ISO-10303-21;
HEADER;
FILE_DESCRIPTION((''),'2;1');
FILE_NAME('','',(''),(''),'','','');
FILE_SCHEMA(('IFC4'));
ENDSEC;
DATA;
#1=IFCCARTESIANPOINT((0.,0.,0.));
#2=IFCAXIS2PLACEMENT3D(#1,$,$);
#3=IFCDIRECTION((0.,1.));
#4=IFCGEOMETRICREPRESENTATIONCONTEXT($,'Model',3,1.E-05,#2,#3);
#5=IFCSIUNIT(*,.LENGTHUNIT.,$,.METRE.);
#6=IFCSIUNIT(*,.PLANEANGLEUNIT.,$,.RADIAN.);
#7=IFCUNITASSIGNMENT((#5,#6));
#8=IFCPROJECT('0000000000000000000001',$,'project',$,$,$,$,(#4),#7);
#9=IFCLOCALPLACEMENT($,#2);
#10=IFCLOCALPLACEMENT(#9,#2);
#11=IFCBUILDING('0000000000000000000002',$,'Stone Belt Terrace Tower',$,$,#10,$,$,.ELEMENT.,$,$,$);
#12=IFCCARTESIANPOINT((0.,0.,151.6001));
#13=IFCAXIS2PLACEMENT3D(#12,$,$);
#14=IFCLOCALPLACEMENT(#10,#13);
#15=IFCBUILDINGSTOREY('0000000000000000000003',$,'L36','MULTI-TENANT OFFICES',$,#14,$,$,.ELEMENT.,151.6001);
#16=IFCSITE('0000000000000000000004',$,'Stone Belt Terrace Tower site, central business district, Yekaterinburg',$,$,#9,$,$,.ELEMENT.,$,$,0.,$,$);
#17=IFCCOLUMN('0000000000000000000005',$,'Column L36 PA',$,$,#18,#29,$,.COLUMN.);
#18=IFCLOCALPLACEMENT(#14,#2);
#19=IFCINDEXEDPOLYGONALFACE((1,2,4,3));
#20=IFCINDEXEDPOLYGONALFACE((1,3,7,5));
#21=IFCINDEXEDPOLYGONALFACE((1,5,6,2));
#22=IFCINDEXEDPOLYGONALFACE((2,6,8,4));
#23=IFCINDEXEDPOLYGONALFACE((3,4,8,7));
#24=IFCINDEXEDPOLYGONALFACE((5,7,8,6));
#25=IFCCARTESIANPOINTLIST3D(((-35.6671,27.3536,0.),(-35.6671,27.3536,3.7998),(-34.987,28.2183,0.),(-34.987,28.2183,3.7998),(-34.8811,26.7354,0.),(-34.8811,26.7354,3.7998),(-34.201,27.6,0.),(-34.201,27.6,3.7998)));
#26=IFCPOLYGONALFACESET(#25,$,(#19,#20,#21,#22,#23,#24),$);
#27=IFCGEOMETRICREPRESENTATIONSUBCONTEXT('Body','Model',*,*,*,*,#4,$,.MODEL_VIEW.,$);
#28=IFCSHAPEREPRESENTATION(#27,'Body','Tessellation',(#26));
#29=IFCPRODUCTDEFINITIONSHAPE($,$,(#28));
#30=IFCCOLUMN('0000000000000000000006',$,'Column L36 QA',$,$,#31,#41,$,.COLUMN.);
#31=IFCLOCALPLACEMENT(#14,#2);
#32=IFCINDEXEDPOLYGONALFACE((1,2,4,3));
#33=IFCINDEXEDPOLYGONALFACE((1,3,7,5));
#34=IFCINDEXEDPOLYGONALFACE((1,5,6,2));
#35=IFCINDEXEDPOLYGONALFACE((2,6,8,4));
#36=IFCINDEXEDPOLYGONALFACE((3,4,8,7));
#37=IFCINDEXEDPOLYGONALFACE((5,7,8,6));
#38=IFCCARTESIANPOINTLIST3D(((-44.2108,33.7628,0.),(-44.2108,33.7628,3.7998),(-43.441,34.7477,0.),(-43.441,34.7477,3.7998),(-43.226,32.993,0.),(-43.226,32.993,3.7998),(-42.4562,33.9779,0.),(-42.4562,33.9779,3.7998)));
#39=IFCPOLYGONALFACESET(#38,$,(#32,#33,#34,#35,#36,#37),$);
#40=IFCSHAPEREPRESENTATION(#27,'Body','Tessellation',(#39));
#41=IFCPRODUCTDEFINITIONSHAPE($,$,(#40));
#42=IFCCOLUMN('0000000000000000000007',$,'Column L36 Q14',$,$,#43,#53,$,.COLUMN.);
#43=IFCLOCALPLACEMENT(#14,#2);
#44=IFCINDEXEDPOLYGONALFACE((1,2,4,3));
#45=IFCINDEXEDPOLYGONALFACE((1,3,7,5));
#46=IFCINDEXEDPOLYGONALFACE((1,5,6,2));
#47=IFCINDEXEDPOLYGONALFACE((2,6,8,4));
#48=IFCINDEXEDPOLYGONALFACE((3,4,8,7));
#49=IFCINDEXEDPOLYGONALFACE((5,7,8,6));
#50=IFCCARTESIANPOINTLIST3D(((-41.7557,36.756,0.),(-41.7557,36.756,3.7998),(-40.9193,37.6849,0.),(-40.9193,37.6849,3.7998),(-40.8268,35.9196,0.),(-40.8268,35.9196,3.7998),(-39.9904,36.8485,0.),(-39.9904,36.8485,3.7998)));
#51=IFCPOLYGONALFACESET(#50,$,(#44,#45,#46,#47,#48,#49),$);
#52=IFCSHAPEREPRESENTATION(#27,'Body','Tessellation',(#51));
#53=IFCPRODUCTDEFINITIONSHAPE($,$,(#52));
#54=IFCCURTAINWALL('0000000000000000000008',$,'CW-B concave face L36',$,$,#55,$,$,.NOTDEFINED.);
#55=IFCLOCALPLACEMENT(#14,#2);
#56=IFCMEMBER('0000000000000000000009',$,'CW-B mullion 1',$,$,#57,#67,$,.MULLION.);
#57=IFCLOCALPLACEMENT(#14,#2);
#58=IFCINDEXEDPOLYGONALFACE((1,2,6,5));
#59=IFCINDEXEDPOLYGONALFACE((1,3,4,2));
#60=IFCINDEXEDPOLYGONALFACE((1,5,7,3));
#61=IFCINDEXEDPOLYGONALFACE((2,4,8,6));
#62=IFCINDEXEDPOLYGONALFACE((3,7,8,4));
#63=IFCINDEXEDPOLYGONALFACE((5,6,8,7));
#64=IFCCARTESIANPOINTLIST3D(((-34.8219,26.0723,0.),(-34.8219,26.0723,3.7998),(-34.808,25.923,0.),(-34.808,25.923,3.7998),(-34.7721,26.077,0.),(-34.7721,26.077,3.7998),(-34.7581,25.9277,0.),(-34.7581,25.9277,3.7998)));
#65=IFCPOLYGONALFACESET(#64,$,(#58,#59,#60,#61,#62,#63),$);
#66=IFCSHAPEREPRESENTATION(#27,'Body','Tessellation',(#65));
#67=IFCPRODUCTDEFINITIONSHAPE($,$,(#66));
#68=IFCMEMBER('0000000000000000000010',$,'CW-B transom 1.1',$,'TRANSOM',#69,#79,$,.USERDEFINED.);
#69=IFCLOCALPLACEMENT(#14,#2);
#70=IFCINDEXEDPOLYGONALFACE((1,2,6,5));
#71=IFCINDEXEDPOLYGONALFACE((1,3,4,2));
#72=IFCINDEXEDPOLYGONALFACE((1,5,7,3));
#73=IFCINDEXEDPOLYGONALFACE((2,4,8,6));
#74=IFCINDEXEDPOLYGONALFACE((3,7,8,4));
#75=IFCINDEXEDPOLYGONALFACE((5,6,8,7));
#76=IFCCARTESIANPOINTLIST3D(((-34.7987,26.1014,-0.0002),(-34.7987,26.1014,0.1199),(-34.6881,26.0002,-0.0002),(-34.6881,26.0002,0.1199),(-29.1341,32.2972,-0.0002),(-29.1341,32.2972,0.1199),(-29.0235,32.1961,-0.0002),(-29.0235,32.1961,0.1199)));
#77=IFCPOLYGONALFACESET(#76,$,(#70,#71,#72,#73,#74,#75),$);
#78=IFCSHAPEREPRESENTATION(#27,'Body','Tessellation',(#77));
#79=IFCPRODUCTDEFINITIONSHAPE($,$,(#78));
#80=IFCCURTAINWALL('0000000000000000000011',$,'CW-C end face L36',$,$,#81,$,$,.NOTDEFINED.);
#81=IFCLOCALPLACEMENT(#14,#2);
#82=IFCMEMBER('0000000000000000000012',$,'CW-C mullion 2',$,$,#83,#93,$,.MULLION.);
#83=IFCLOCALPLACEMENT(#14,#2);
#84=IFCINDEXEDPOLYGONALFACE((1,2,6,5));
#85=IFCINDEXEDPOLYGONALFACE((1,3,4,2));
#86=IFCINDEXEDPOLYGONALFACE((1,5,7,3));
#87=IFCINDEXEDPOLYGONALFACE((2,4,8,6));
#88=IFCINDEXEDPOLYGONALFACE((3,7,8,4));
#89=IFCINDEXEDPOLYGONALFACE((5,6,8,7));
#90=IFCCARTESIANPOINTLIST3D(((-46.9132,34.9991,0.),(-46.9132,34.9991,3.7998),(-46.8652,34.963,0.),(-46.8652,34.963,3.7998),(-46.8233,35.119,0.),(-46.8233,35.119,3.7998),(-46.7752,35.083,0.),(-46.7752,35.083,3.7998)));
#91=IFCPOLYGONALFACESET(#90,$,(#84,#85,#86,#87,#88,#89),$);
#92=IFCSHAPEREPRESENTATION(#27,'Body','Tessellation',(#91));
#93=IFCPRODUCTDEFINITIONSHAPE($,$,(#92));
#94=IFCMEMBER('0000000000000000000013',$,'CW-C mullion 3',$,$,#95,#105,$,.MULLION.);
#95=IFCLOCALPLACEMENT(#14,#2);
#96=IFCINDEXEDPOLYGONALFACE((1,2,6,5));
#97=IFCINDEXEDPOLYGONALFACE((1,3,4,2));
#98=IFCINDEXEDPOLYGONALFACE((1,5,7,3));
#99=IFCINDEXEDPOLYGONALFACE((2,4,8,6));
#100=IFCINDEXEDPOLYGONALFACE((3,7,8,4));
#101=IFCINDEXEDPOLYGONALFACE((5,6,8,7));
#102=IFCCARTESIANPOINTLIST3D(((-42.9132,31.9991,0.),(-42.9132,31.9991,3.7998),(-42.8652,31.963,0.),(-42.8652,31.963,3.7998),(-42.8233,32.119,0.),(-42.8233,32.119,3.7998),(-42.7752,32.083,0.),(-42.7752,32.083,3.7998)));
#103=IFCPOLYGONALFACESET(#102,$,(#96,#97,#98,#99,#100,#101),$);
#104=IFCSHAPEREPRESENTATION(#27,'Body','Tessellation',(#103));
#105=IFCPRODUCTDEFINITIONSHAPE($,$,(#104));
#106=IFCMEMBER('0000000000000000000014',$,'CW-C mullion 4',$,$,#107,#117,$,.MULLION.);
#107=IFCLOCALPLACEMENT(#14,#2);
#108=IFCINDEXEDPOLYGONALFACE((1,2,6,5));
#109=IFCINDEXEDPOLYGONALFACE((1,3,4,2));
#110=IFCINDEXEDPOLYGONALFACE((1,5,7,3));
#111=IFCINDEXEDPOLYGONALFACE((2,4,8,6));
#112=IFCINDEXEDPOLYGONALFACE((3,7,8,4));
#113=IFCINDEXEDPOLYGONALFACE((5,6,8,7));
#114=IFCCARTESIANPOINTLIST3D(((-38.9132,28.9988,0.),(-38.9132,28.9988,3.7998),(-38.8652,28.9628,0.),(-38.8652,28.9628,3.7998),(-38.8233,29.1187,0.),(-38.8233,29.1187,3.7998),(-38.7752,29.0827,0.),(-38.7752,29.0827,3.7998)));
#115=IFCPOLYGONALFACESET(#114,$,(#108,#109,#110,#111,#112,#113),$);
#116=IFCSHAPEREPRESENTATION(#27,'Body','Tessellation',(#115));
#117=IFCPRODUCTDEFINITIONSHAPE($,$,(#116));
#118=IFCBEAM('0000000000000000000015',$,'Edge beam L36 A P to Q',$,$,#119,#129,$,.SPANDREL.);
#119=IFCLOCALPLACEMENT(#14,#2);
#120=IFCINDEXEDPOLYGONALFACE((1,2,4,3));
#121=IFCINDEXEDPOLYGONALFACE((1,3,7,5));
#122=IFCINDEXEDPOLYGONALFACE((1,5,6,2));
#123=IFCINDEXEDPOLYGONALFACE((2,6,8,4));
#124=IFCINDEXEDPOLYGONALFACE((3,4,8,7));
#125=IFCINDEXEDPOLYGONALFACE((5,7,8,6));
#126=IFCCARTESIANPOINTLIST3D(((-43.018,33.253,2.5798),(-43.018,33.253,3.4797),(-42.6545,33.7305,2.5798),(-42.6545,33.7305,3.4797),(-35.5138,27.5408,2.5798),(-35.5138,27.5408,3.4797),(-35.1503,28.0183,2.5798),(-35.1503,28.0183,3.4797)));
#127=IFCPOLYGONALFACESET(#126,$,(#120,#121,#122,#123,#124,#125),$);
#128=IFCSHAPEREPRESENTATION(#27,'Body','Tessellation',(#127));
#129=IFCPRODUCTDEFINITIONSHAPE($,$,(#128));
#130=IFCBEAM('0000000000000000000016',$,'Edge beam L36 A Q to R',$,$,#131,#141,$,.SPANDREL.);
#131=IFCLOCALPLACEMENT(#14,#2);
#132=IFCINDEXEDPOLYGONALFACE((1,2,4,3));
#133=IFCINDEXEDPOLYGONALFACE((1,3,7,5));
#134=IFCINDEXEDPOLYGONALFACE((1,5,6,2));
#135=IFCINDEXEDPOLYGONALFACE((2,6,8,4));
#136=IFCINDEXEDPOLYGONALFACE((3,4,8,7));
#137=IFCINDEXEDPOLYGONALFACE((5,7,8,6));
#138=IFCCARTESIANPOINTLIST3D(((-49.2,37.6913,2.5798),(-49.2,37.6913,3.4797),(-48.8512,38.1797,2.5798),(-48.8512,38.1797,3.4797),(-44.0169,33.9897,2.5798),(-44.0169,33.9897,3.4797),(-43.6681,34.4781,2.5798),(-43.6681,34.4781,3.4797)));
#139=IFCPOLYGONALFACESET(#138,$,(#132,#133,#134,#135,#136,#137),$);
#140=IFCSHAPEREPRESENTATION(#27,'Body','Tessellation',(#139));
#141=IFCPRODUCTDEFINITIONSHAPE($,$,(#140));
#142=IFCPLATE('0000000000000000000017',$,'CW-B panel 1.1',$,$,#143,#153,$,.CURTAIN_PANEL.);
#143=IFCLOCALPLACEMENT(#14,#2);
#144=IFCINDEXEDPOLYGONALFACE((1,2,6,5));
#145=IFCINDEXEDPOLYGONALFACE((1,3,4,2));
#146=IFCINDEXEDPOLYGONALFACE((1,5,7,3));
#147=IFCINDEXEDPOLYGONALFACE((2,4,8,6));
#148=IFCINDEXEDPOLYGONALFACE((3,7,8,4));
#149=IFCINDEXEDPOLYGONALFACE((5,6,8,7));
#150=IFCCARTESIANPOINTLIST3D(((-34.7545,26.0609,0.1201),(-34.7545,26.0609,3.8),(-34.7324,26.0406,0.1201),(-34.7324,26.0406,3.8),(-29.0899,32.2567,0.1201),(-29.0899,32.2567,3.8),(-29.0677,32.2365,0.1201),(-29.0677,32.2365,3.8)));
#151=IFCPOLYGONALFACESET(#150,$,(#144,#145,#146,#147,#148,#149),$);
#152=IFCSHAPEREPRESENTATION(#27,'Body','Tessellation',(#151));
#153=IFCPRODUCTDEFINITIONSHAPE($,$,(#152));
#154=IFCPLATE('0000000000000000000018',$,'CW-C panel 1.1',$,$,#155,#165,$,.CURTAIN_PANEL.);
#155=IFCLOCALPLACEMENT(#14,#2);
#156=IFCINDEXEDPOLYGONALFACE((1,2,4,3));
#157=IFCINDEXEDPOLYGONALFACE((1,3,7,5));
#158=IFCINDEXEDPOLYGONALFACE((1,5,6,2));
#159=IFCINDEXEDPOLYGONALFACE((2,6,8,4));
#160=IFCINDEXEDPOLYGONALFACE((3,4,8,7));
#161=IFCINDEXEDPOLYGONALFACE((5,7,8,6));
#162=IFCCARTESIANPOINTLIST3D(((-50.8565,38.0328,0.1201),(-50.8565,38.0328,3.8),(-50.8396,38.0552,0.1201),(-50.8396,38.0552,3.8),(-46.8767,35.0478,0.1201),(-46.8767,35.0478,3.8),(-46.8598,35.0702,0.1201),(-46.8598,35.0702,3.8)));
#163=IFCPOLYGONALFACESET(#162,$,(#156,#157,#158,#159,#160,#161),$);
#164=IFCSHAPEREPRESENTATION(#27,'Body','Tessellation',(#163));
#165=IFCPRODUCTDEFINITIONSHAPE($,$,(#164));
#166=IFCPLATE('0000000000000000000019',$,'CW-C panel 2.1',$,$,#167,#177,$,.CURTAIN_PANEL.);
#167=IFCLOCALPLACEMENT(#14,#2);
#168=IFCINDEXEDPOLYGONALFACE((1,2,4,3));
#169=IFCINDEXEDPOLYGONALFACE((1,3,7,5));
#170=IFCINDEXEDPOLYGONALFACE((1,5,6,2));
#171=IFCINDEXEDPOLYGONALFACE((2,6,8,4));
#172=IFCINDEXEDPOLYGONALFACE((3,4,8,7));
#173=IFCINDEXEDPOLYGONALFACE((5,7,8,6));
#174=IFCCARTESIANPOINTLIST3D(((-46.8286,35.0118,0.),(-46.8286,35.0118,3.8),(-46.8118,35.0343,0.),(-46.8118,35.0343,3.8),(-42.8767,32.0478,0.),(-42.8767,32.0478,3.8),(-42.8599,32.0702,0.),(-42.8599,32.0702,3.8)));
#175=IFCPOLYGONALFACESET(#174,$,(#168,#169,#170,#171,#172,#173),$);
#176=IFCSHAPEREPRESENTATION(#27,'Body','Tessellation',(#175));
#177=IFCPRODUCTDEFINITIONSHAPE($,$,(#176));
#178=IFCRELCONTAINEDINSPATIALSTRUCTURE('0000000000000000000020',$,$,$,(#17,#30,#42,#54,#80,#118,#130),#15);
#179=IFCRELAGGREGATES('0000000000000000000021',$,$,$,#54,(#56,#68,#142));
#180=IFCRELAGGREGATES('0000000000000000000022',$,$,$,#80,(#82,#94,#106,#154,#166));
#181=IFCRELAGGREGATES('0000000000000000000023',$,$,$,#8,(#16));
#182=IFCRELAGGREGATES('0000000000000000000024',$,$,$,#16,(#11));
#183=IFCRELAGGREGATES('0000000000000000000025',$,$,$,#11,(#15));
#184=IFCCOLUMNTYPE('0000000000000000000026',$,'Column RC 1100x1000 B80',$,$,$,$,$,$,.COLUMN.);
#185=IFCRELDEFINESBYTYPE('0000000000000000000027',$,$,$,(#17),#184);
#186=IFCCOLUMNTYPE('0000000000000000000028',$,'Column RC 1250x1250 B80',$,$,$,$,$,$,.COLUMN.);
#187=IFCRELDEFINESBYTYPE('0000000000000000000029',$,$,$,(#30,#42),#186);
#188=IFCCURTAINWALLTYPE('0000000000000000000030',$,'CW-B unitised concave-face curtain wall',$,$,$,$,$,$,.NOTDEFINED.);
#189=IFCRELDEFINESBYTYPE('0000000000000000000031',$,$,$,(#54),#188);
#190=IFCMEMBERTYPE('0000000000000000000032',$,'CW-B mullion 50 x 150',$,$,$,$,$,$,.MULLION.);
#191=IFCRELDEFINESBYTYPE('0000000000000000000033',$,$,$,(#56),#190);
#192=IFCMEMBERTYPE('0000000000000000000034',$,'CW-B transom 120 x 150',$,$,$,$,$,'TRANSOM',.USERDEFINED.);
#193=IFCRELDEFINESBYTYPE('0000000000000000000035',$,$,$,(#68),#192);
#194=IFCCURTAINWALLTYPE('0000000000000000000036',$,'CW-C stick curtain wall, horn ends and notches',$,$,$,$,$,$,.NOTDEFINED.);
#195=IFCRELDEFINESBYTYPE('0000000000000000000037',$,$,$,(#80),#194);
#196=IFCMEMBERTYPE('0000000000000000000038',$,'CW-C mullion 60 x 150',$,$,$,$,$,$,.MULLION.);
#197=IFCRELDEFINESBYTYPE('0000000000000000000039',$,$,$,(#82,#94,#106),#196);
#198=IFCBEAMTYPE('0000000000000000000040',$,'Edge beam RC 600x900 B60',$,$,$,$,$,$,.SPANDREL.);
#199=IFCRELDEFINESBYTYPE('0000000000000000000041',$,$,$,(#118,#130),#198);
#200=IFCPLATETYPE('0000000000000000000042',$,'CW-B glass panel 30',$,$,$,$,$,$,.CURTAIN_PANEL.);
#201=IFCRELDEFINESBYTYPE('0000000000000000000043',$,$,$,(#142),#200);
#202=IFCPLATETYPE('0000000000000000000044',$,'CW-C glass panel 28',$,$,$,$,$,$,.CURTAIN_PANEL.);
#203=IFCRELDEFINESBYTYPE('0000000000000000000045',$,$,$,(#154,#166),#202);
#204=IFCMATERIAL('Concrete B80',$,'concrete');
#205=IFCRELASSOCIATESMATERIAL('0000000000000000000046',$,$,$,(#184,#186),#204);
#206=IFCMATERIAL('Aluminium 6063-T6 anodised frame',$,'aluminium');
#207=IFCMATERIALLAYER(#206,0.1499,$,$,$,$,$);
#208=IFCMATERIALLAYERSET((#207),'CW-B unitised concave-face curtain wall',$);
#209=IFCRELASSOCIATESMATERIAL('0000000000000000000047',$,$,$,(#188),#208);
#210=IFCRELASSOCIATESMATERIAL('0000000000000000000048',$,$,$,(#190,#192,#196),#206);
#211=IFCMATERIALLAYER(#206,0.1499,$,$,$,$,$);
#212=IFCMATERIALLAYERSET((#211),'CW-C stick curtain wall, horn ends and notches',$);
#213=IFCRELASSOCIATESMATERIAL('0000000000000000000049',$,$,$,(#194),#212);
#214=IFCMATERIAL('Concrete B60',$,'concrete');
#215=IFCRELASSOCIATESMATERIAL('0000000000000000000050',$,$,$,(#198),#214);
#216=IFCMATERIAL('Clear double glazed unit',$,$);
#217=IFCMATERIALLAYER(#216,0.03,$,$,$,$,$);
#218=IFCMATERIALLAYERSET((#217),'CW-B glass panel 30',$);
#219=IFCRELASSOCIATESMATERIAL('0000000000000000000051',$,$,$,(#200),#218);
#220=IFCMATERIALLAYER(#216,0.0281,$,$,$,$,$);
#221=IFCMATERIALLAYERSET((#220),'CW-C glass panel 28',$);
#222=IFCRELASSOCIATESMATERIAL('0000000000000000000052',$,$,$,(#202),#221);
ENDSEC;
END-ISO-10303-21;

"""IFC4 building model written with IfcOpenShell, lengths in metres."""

from ifc_helpers import new_model, si_unit, direction, frame, origin, origin_2d, place, context, subcontext, project, spatial, rectangle, extrude, material, layer, layer_set, material_profile, profile_set, type_object, element, aggregate, save


model = new_model("IFC4")

# Units and contexts
model_context = context("Model", 3, precision=1e-05, world=origin(), true_north=direction((0.0, 1.0)))
body_context = subcontext(model_context, "Body", "Model", "MODEL_VIEW")
ifc_project = project(units=[si_unit("LENGTHUNIT", "METRE"), si_unit("PLANEANGLEUNIT", "RADIAN")], contexts=[model_context])

# Site, building, storey
site_placement = place(None, origin())
site = spatial("IfcSite", under=ifc_project, at=site_placement, Name="Stone Belt Terrace Tower site, central business district, Yekaterinburg", CompositionType="ELEMENT", RefElevation=0.0)
building_placement = place(site_placement, origin())
building = spatial("IfcBuilding", under=site, at=building_placement, Name="Stone Belt Terrace Tower", CompositionType="ELEMENT")
storey_placement = place(building_placement, frame((0.0, 0.0, 151.6001)))
storey = spatial("IfcBuildingStorey", under=building, at=storey_placement, Name="L36", Description="MULTI-TENANT OFFICES", CompositionType="ELEMENT", Elevation=151.6001)

# Columns
ifc_material_1 = material(Name="Concrete B80", Category="concrete")
ifc_material_profile_1 = material_profile(ifc_material_1, rectangle(XDim=1.1001, YDim=1.0, at=origin_2d()), Name="RC 1100x1000")
ifc_profile_set_1 = profile_set([ifc_material_profile_1], Name="Concrete B80")
column_type_1 = type_object("IfcColumnType", Name="Column RC 1100x1000 B80", PredefinedType="COLUMN", material=ifc_profile_set_1)
column_placement = place(storey_placement, frame((-34.9341, 27.4768, 0.0), z_axis=(0.0, 0.0, 1.0), x_axis=(0.618218, 0.786007, 0.0)))
element("IfcColumn", 1, at=column_placement, inside=storey, type_object=column_type_1, Name="Column L36 PA", PredefinedType="COLUMN", context=body_context, shape_type="SweptSolid", body=[
    extrude(rectangle(XDim=1.1001, YDim=1.0, at=origin_2d()), origin(), (0.0, 0.0, 1.0), 3.7998),
])
ifc_material_profile_2 = material_profile(ifc_material_1, rectangle(XDim=1.25, YDim=1.25, at=origin_2d()), Name="RC 1250x1250")
ifc_profile_set_2 = profile_set([ifc_material_profile_2], Name="Concrete B80")
column_type_2 = type_object("IfcColumnType", Name="Column RC 1250x1250 B80", PredefinedType="COLUMN", material=ifc_profile_set_2)
for number, where, z_axis, x_axis, name in (
    (2, (-43.3335, 33.8704, 0.0), (0.0, 0.0, 1.0), (0.615825, 0.787883, 0.0), "Column L36 QA"),
    (3, (-40.873, 36.8022, 0.0), (0.0, 0.0, 1.0), (0.669131, 0.743145, 0.0), "Column L36 Q14"),
):
    element("IfcColumn", number, at=place(storey_placement, frame(where, z_axis=z_axis, x_axis=x_axis)), inside=storey, type_object=column_type_2, Name=name, PredefinedType="COLUMN", context=body_context, shape_type="SweptSolid", body=[
        extrude(rectangle(XDim=1.25, YDim=1.25, at=origin_2d()), origin(), (0.0, 0.0, 1.0), 3.7998),
    ])

# Curtain walls, members
ifc_material_2 = material(Name="Aluminium 6063-T6 anodised frame", Category="aluminium")
ifc_layer_1 = layer(ifc_material_2, 0.1499)
ifc_layer_set_1 = layer_set([ifc_layer_1], Name="CW-B unitised concave-face curtain wall")
curtain_wall_type_1 = type_object("IfcCurtainWallType", Name="CW-B unitised concave-face curtain wall", PredefinedType="NOTDEFINED", material=ifc_layer_set_1)
curtain_wall_1_placement = place(storey_placement, origin())
curtain_wall_1 = element("IfcCurtainWall", 4, at=curtain_wall_1_placement, inside=storey, type_object=curtain_wall_type_1, Name="CW-B concave face L36", PredefinedType="NOTDEFINED")
ifc_material_profile_3 = material_profile(ifc_material_2, rectangle(XDim=0.1499, YDim=0.05, at=origin_2d()), Name="Aluminium 6063-T6 50x150")
ifc_profile_set_3 = profile_set([ifc_material_profile_3], Name="Aluminium 6063-T6 anodised frame")
member_type_1 = type_object("IfcMemberType", Name="CW-B mullion 50 x 150", PredefinedType="MULLION", material=ifc_profile_set_3)
member_1_placement = place(storey_placement, frame((-34.79, 26.0, 0.0), z_axis=(0.0, 0.0, 1.0), x_axis=(-0.093181, 0.995649, 0.0)))
member_1 = element("IfcMember", 5, at=member_1_placement, type_object=member_type_1, Name="CW-B mullion 1", PredefinedType="MULLION", context=body_context, shape_type="SweptSolid", body=[
    extrude(rectangle(XDim=0.1499, YDim=0.05, at=origin_2d()), origin(), (0.0, 0.0, 1.0), 3.7998),
])
ifc_material_profile_4 = material_profile(ifc_material_2, rectangle(XDim=0.1499, YDim=0.1201, at=origin_2d()), Name="Aluminium 6063-T6 150x120")
ifc_profile_set_4 = profile_set([ifc_material_profile_4], Name="Aluminium 6063-T6 anodised frame")
member_type_2 = type_object("IfcMemberType", Name="CW-B transom 120 x 150", ElementType="TRANSOM", PredefinedType="USERDEFINED", material=ifc_profile_set_4)
member_2_placement = place(storey_placement, frame((-34.7434, 26.0508, 0.0598), z_axis=(0.674757, 0.73804, 0.0), x_axis=(-0.73804, 0.674757, 0.0)))
member_2 = element("IfcMember", 6, at=member_2_placement, type_object=member_type_2, Name="CW-B transom 1.1", ObjectType="TRANSOM", PredefinedType="USERDEFINED", context=body_context, shape_type="SweptSolid", body=[
    extrude(rectangle(XDim=0.1499, YDim=0.1201, at=origin_2d()), origin(), (0.0, 0.0, 1.0), 8.395),
])
ifc_layer_2 = layer(ifc_material_2, 0.1499)
ifc_layer_set_2 = layer_set([ifc_layer_2], Name="CW-C stick curtain wall, horn ends and notches")
curtain_wall_type_2 = type_object("IfcCurtainWallType", Name="CW-C stick curtain wall, horn ends and notches", PredefinedType="NOTDEFINED", material=ifc_layer_set_2)
curtain_wall_2_placement = place(storey_placement, origin())
curtain_wall_2 = element("IfcCurtainWall", 7, at=curtain_wall_2_placement, inside=storey, type_object=curtain_wall_type_2, Name="CW-C end face L36", PredefinedType="NOTDEFINED")
ifc_material_profile_5 = material_profile(ifc_material_2, rectangle(XDim=0.1499, YDim=0.0601, at=origin_2d()), Name="Aluminium 6063-T6 60x150")
ifc_profile_set_5 = profile_set([ifc_material_profile_5], Name="Aluminium 6063-T6 anodised frame")
member_type_3 = type_object("IfcMemberType", Name="CW-C mullion 60 x 150", PredefinedType="MULLION", material=ifc_profile_set_5)
member_3_placement = place(storey_placement, frame((-46.8442, 35.041, 0.0), z_axis=(0.0, 0.0, 1.0), x_axis=(0.600018, 0.799987, 0.0)))
member_3 = element("IfcMember", 8, at=member_3_placement, type_object=member_type_3, Name="CW-C mullion 2", PredefinedType="MULLION", context=body_context, shape_type="SweptSolid", body=[
    extrude(rectangle(XDim=0.1499, YDim=0.0601, at=origin_2d()), origin(), (0.0, 0.0, 1.0), 3.7998),
])
member_4_placement = place(storey_placement, frame((-42.8442, 32.041, 0.0), z_axis=(0.0, 0.0, 1.0), x_axis=(0.600018, 0.799987, 0.0)))
member_4 = element("IfcMember", 9, at=member_4_placement, type_object=member_type_3, Name="CW-C mullion 3", PredefinedType="MULLION", context=body_context, shape_type="SweptSolid", body=[
    extrude(rectangle(XDim=0.1499, YDim=0.0601, at=origin_2d()), origin(), (0.0, 0.0, 1.0), 3.7998),
])
member_5_placement = place(storey_placement, frame((-38.8442, 29.0408, 0.0), z_axis=(0.0, 0.0, 1.0), x_axis=(0.600018, 0.799987, 0.0)))
member_5 = element("IfcMember", 10, at=member_5_placement, type_object=member_type_3, Name="CW-C mullion 4", PredefinedType="MULLION", context=body_context, shape_type="SweptSolid", body=[
    extrude(rectangle(XDim=0.1499, YDim=0.0601, at=origin_2d()), origin(), (0.0, 0.0, 1.0), 3.7998),
])

# Beams
ifc_material_3 = material(Name="Concrete B60", Category="concrete")
ifc_material_profile_6 = material_profile(ifc_material_3, rectangle(XDim=0.6001, YDim=0.8999, at=origin_2d()), Name="RC 600x900")
ifc_profile_set_6 = profile_set([ifc_material_profile_6], Name="Concrete B60")
beam_type = type_object("IfcBeamType", Name="Edge beam RC 600x900 B60", PredefinedType="SPANDREL", material=ifc_profile_set_6)
beam_1_placement = place(storey_placement, frame((-35.332, 27.7795, 3.0298), z_axis=(-0.795702, 0.605688, 0.0), x_axis=(-0.605688, -0.795702, 0.0)))
element("IfcBeam", 11, at=beam_1_placement, inside=storey, type_object=beam_type, Name="Edge beam L36 A P to Q", PredefinedType="SPANDREL", context=body_context, shape_type="SweptSolid", body=[
    extrude(rectangle(XDim=0.6001, YDim=0.8999, at=origin_2d()), origin(), (0.0, 0.0, 1.0), 9.4309),
])
beam_2_placement = place(storey_placement, frame((-43.8425, 34.2339, 3.0298), z_axis=(-0.813775, 0.58118, 0.0), x_axis=(-0.58118, -0.813775, 0.0)))
element("IfcBeam", 12, at=beam_2_placement, inside=storey, type_object=beam_type, Name="Edge beam L36 A Q to R", PredefinedType="SPANDREL", context=body_context, shape_type="SweptSolid", body=[
    extrude(rectangle(XDim=0.6001, YDim=0.8999, at=origin_2d()), origin(), (0.0, 0.0, 1.0), 6.3691),
])

# Plates
ifc_material_4 = material(Name="Clear double glazed unit")
ifc_layer_3 = layer(ifc_material_4, 0.03)
ifc_layer_set_3 = layer_set([ifc_layer_3], Name="CW-B glass panel 30")
plate_type_1 = type_object("IfcPlateType", Name="CW-B glass panel 30", PredefinedType="CURTAIN_PANEL", material=ifc_layer_set_3)
plate_1_placement = place(storey_placement, frame((-31.9111, 29.1487, 0.1201), z_axis=(0.0, 0.0, 1.0), x_axis=(0.674761, 0.738036, 0.0)))
plate_1 = element("IfcPlate", 13, at=plate_1_placement, type_object=plate_type_1, Name="CW-B panel 1.1", PredefinedType="CURTAIN_PANEL", context=body_context, shape_type="SweptSolid", body=[
    extrude(rectangle(XDim=8.395, YDim=0.03, at=origin_2d()), origin(), (0.0, 0.0, 1.0), 3.6799),
])
aggregate(curtain_wall_1, [member_1, member_2, plate_1])
ifc_layer_4 = layer(ifc_material_4, 0.0281)
ifc_layer_set_4 = layer_set([ifc_layer_4], Name="CW-C glass panel 28")
plate_type_2 = type_object("IfcPlateType", Name="CW-C glass panel 28", PredefinedType="CURTAIN_PANEL", material=ifc_layer_set_4)
plate_2_placement = place(storey_placement, frame((-48.8582, 36.5515, 0.1201), z_axis=(0.0, 0.0, 1.0), x_axis=(0.799987, -0.600018, 0.0)))
plate_2 = element("IfcPlate", 14, at=plate_2_placement, type_object=plate_type_2, Name="CW-C panel 1.1", PredefinedType="CURTAIN_PANEL", context=body_context, shape_type="SweptSolid", body=[
    extrude(rectangle(XDim=4.9749, YDim=0.0281, at=origin_2d()), origin(), (0.0, 0.0, 1.0), 3.6799),
])
plate_3_placement = place(storey_placement, frame((-44.8442, 33.541, 0.0), z_axis=(0.0, 0.0, 1.0), x_axis=(0.799987, -0.600018, 0.0)))
plate_3 = element("IfcPlate", 15, at=plate_3_placement, type_object=plate_type_2, Name="CW-C panel 2.1", PredefinedType="CURTAIN_PANEL", context=body_context, shape_type="SweptSolid", body=[
    extrude(rectangle(XDim=4.9399, YDim=0.0281, at=origin_2d()), origin(), (0.0, 0.0, 1.0), 3.8),
])
aggregate(curtain_wall_2, [member_3, member_4, member_5, plate_2, plate_3])

save(model, "model.ifc")
